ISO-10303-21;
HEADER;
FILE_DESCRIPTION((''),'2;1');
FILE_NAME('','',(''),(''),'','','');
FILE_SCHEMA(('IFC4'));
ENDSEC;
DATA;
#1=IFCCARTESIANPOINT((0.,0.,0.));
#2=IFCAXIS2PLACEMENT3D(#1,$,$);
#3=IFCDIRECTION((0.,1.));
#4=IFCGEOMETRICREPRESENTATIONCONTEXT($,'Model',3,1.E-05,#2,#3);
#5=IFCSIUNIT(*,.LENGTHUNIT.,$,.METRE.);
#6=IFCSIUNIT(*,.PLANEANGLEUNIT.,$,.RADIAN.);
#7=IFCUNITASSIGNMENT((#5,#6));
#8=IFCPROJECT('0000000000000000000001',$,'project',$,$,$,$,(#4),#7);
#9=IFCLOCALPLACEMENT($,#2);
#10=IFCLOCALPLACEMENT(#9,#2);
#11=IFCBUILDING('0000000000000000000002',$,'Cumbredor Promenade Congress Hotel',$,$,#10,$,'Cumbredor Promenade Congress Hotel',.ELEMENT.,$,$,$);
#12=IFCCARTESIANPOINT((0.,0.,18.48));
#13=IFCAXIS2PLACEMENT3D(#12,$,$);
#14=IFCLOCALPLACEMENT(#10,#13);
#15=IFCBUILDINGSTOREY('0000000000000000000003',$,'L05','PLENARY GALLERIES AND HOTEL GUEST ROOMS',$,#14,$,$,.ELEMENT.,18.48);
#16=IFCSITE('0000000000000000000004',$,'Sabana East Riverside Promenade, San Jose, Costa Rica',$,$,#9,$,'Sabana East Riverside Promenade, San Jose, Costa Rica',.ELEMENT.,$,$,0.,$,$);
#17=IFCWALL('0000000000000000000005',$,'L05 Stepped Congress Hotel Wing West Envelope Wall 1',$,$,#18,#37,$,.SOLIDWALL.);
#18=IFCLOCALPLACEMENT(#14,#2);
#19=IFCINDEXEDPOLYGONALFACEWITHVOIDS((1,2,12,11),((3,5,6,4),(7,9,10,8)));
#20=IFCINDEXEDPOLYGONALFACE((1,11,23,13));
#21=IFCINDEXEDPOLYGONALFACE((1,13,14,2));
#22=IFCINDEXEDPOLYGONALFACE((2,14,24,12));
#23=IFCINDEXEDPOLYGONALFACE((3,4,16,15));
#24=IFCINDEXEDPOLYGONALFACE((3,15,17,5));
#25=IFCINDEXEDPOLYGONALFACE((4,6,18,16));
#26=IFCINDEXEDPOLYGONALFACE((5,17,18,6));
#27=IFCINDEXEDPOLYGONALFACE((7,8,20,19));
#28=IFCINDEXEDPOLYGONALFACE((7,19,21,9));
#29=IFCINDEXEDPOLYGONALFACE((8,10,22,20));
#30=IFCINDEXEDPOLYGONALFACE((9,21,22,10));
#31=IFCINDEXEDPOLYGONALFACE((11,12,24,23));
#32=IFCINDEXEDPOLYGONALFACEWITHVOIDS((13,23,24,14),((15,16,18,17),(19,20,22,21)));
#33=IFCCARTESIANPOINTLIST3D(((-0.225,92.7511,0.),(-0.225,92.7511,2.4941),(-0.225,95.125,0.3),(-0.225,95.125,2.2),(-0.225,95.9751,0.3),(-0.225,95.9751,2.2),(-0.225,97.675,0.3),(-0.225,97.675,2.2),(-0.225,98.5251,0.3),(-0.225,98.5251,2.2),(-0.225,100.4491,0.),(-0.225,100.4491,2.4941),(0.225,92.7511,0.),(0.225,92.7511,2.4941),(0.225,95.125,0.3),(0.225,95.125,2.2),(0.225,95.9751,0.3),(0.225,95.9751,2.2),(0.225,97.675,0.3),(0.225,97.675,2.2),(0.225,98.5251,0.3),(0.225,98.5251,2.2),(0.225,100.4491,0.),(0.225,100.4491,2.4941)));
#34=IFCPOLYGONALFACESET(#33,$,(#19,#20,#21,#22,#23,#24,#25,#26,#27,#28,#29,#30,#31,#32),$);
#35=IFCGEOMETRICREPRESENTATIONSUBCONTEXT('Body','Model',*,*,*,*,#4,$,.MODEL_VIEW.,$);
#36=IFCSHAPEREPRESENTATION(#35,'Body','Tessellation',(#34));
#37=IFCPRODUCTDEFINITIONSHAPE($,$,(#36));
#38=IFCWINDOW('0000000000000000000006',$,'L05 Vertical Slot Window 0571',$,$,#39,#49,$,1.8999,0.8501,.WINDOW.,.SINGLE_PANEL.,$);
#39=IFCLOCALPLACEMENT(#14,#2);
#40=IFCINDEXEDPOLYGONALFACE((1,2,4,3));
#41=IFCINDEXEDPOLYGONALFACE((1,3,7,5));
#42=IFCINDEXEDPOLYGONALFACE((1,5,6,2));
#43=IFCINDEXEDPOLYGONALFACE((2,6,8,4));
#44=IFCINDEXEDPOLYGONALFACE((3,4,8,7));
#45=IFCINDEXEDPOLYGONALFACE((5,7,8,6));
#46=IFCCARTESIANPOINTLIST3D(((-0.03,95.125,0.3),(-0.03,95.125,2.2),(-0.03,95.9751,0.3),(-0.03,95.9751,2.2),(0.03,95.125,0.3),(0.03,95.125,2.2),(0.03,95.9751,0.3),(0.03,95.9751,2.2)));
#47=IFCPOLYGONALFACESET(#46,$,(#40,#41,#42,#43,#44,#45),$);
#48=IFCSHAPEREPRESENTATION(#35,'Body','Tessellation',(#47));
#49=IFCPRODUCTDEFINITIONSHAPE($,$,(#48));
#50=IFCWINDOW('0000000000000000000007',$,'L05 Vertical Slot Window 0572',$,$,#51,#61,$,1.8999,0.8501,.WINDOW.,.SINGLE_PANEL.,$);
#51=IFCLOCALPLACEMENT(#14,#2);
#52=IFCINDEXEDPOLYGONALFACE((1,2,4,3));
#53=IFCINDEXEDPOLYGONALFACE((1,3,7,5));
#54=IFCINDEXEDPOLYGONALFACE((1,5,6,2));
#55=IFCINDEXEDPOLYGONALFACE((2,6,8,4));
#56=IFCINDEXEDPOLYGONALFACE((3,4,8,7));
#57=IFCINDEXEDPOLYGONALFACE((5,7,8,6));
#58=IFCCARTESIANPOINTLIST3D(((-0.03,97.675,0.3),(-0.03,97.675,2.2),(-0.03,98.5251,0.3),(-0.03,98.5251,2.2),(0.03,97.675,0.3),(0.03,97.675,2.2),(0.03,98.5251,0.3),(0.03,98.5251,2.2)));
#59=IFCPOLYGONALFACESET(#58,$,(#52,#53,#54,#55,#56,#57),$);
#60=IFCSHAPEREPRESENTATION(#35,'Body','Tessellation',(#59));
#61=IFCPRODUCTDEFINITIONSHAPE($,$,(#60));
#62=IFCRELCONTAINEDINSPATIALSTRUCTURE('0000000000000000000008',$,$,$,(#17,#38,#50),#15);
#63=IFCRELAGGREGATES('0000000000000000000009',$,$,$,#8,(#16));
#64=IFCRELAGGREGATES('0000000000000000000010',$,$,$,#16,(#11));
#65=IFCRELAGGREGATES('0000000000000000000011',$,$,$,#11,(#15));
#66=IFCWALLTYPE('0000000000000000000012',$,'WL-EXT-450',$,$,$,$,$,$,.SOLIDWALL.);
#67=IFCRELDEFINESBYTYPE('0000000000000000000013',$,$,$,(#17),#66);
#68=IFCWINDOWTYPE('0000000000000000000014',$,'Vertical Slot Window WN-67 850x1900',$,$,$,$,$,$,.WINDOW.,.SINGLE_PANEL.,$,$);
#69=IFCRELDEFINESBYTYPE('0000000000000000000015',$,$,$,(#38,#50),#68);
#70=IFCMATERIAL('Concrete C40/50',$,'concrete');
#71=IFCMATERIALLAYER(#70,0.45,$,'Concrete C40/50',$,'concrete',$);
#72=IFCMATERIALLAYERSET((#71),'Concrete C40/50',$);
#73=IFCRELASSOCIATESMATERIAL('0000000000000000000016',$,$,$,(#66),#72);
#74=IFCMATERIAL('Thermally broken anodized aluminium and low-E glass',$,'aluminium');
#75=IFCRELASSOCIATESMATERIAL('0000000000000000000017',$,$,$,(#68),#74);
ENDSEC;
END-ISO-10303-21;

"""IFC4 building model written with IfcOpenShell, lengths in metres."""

from ifc_helpers import new_model, si_unit, direction, frame, frame_2d, origin, place, context, subcontext, project, spatial, rectangle, extrude, material, layer, layer_set, type_object, element, fill, save


model = new_model("IFC4")

# Units and contexts
model_context = context("Model", 3, precision=1e-05, world=origin(), true_north=direction((0.0, 1.0)))
body_context = subcontext(model_context, "Body", "Model", "MODEL_VIEW")
ifc_project = project(units=[si_unit("LENGTHUNIT", "METRE"), si_unit("PLANEANGLEUNIT", "RADIAN")], contexts=[model_context])

# Site, building, storey
site_placement = place(None, origin())
site = spatial("IfcSite", under=ifc_project, at=site_placement, Name="Sabana East Riverside Promenade, San Jose, Costa Rica", LongName="Sabana East Riverside Promenade, San Jose, Costa Rica", CompositionType="ELEMENT", RefElevation=0.0)
building_placement = place(site_placement, origin())
building = spatial("IfcBuilding", under=site, at=building_placement, Name="Cumbredor Promenade Congress Hotel", LongName="Cumbredor Promenade Congress Hotel", CompositionType="ELEMENT")
storey_placement = place(building_placement, frame((0.0, 0.0, 18.48)))
storey = spatial("IfcBuildingStorey", under=building, at=storey_placement, Name="L05", Description="PLENARY GALLERIES AND HOTEL GUEST ROOMS", CompositionType="ELEMENT", Elevation=18.48)

# Shared definitions
ifc_material_1 = material(Name="Concrete C40/50", Category="concrete")

# Shared definitions
ifc_material_2 = material(Name="Thermally broken anodized aluminium and low-E glass", Category="aluminium")

# Wall, openings, windows
ifc_layer_1 = layer(ifc_material_1, 0.45, Name="Concrete C40/50", Category="concrete")
ifc_layer_set_1 = layer_set([ifc_layer_1], Name="Concrete C40/50")
wall_type_1 = type_object("IfcWallType", Name="WL-EXT-450", PredefinedType="SOLIDWALL", material=ifc_layer_set_1)
wall_1_placement = place(storey_placement, frame((0.0, 92.751, 0.0), z_axis=(0.0, 0.0, 1.0), x_axis=(0.0, 1.0, 0.0)))
wall_1 = element("IfcWall", 1, at=wall_1_placement, inside=storey, type_object=wall_type_1, Name="L05 Stepped Congress Hotel Wing West Envelope Wall 1", PredefinedType="SOLIDWALL", context=body_context, shape_type="SweptSolid", body=[
    extrude(rectangle(XDim=7.698, YDim=0.45, at=frame_2d((3.8491, 0.0))), origin(), (0.0, 0.0, 1.0), 2.4941),
])
opening_1_placement = place(wall_1_placement, frame((2.374, 0.0, 0.3)))
opening_1 = element("IfcOpeningElement", 2, at=opening_1_placement, cuts=wall_1, PredefinedType="OPENING", context=body_context, shape_type="SweptSolid", body=[
    extrude(rectangle(XDim=0.8501, YDim=1.8999, at=frame_2d((0.425, 0.95))), frame((0.0, 0.2349, 0.0), z_axis=(0.0, -1.0, 0.0), x_axis=(1.0, 0.0, 0.0)), (0.0, 0.0, 1.0), 0.47),
])
opening_2_placement = place(wall_1_placement, frame((4.9241, 0.0, 0.3)))
opening_2 = element("IfcOpeningElement", 3, at=opening_2_placement, cuts=wall_1, PredefinedType="OPENING", context=body_context, shape_type="SweptSolid", body=[
    extrude(rectangle(XDim=0.8501, YDim=1.8999, at=frame_2d((0.425, 0.95))), frame((0.0, 0.2349, 0.0), z_axis=(0.0, -1.0, 0.0), x_axis=(1.0, 0.0, 0.0)), (0.0, 0.0, 1.0), 0.47),
])
window_type_1 = type_object("IfcWindowType", Name="Vertical Slot Window WN-67 850x1900", PartitioningType="SINGLE_PANEL", PredefinedType="WINDOW", material=ifc_material_2)
window_1_placement = place(opening_1_placement, origin())
window_1 = element("IfcWindow", 4, at=window_1_placement, inside=storey, type_object=window_type_1, Name="L05 Vertical Slot Window 0571", OverallHeight=1.8999, OverallWidth=0.8501, PartitioningType="SINGLE_PANEL", PredefinedType="WINDOW", context=body_context, shape_type="SweptSolid", body=[
    extrude(rectangle(XDim=0.8501, YDim=1.8999, at=frame_2d((0.425, 0.95))), frame((0.0, 0.03, 0.0), z_axis=(0.0, -1.0, 0.0), x_axis=(1.0, 0.0, 0.0)), (0.0, 0.0, 1.0), 0.0601),
])
fill(opening_1, window_1)
window_2_placement = place(opening_2_placement, origin())
window_2 = element("IfcWindow", 5, at=window_2_placement, inside=storey, type_object=window_type_1, Name="L05 Vertical Slot Window 0572", OverallHeight=1.8999, OverallWidth=0.8501, PartitioningType="SINGLE_PANEL", PredefinedType="WINDOW", context=body_context, shape_type="SweptSolid", body=[
    extrude(rectangle(XDim=0.8501, YDim=1.8999, at=frame_2d((0.425, 0.95))), frame((0.0, 0.03, 0.0), z_axis=(0.0, -1.0, 0.0), x_axis=(1.0, 0.0, 0.0)), (0.0, 0.0, 1.0), 0.0601),
])
fill(opening_2, window_2)

save(model, "model.ifc")
